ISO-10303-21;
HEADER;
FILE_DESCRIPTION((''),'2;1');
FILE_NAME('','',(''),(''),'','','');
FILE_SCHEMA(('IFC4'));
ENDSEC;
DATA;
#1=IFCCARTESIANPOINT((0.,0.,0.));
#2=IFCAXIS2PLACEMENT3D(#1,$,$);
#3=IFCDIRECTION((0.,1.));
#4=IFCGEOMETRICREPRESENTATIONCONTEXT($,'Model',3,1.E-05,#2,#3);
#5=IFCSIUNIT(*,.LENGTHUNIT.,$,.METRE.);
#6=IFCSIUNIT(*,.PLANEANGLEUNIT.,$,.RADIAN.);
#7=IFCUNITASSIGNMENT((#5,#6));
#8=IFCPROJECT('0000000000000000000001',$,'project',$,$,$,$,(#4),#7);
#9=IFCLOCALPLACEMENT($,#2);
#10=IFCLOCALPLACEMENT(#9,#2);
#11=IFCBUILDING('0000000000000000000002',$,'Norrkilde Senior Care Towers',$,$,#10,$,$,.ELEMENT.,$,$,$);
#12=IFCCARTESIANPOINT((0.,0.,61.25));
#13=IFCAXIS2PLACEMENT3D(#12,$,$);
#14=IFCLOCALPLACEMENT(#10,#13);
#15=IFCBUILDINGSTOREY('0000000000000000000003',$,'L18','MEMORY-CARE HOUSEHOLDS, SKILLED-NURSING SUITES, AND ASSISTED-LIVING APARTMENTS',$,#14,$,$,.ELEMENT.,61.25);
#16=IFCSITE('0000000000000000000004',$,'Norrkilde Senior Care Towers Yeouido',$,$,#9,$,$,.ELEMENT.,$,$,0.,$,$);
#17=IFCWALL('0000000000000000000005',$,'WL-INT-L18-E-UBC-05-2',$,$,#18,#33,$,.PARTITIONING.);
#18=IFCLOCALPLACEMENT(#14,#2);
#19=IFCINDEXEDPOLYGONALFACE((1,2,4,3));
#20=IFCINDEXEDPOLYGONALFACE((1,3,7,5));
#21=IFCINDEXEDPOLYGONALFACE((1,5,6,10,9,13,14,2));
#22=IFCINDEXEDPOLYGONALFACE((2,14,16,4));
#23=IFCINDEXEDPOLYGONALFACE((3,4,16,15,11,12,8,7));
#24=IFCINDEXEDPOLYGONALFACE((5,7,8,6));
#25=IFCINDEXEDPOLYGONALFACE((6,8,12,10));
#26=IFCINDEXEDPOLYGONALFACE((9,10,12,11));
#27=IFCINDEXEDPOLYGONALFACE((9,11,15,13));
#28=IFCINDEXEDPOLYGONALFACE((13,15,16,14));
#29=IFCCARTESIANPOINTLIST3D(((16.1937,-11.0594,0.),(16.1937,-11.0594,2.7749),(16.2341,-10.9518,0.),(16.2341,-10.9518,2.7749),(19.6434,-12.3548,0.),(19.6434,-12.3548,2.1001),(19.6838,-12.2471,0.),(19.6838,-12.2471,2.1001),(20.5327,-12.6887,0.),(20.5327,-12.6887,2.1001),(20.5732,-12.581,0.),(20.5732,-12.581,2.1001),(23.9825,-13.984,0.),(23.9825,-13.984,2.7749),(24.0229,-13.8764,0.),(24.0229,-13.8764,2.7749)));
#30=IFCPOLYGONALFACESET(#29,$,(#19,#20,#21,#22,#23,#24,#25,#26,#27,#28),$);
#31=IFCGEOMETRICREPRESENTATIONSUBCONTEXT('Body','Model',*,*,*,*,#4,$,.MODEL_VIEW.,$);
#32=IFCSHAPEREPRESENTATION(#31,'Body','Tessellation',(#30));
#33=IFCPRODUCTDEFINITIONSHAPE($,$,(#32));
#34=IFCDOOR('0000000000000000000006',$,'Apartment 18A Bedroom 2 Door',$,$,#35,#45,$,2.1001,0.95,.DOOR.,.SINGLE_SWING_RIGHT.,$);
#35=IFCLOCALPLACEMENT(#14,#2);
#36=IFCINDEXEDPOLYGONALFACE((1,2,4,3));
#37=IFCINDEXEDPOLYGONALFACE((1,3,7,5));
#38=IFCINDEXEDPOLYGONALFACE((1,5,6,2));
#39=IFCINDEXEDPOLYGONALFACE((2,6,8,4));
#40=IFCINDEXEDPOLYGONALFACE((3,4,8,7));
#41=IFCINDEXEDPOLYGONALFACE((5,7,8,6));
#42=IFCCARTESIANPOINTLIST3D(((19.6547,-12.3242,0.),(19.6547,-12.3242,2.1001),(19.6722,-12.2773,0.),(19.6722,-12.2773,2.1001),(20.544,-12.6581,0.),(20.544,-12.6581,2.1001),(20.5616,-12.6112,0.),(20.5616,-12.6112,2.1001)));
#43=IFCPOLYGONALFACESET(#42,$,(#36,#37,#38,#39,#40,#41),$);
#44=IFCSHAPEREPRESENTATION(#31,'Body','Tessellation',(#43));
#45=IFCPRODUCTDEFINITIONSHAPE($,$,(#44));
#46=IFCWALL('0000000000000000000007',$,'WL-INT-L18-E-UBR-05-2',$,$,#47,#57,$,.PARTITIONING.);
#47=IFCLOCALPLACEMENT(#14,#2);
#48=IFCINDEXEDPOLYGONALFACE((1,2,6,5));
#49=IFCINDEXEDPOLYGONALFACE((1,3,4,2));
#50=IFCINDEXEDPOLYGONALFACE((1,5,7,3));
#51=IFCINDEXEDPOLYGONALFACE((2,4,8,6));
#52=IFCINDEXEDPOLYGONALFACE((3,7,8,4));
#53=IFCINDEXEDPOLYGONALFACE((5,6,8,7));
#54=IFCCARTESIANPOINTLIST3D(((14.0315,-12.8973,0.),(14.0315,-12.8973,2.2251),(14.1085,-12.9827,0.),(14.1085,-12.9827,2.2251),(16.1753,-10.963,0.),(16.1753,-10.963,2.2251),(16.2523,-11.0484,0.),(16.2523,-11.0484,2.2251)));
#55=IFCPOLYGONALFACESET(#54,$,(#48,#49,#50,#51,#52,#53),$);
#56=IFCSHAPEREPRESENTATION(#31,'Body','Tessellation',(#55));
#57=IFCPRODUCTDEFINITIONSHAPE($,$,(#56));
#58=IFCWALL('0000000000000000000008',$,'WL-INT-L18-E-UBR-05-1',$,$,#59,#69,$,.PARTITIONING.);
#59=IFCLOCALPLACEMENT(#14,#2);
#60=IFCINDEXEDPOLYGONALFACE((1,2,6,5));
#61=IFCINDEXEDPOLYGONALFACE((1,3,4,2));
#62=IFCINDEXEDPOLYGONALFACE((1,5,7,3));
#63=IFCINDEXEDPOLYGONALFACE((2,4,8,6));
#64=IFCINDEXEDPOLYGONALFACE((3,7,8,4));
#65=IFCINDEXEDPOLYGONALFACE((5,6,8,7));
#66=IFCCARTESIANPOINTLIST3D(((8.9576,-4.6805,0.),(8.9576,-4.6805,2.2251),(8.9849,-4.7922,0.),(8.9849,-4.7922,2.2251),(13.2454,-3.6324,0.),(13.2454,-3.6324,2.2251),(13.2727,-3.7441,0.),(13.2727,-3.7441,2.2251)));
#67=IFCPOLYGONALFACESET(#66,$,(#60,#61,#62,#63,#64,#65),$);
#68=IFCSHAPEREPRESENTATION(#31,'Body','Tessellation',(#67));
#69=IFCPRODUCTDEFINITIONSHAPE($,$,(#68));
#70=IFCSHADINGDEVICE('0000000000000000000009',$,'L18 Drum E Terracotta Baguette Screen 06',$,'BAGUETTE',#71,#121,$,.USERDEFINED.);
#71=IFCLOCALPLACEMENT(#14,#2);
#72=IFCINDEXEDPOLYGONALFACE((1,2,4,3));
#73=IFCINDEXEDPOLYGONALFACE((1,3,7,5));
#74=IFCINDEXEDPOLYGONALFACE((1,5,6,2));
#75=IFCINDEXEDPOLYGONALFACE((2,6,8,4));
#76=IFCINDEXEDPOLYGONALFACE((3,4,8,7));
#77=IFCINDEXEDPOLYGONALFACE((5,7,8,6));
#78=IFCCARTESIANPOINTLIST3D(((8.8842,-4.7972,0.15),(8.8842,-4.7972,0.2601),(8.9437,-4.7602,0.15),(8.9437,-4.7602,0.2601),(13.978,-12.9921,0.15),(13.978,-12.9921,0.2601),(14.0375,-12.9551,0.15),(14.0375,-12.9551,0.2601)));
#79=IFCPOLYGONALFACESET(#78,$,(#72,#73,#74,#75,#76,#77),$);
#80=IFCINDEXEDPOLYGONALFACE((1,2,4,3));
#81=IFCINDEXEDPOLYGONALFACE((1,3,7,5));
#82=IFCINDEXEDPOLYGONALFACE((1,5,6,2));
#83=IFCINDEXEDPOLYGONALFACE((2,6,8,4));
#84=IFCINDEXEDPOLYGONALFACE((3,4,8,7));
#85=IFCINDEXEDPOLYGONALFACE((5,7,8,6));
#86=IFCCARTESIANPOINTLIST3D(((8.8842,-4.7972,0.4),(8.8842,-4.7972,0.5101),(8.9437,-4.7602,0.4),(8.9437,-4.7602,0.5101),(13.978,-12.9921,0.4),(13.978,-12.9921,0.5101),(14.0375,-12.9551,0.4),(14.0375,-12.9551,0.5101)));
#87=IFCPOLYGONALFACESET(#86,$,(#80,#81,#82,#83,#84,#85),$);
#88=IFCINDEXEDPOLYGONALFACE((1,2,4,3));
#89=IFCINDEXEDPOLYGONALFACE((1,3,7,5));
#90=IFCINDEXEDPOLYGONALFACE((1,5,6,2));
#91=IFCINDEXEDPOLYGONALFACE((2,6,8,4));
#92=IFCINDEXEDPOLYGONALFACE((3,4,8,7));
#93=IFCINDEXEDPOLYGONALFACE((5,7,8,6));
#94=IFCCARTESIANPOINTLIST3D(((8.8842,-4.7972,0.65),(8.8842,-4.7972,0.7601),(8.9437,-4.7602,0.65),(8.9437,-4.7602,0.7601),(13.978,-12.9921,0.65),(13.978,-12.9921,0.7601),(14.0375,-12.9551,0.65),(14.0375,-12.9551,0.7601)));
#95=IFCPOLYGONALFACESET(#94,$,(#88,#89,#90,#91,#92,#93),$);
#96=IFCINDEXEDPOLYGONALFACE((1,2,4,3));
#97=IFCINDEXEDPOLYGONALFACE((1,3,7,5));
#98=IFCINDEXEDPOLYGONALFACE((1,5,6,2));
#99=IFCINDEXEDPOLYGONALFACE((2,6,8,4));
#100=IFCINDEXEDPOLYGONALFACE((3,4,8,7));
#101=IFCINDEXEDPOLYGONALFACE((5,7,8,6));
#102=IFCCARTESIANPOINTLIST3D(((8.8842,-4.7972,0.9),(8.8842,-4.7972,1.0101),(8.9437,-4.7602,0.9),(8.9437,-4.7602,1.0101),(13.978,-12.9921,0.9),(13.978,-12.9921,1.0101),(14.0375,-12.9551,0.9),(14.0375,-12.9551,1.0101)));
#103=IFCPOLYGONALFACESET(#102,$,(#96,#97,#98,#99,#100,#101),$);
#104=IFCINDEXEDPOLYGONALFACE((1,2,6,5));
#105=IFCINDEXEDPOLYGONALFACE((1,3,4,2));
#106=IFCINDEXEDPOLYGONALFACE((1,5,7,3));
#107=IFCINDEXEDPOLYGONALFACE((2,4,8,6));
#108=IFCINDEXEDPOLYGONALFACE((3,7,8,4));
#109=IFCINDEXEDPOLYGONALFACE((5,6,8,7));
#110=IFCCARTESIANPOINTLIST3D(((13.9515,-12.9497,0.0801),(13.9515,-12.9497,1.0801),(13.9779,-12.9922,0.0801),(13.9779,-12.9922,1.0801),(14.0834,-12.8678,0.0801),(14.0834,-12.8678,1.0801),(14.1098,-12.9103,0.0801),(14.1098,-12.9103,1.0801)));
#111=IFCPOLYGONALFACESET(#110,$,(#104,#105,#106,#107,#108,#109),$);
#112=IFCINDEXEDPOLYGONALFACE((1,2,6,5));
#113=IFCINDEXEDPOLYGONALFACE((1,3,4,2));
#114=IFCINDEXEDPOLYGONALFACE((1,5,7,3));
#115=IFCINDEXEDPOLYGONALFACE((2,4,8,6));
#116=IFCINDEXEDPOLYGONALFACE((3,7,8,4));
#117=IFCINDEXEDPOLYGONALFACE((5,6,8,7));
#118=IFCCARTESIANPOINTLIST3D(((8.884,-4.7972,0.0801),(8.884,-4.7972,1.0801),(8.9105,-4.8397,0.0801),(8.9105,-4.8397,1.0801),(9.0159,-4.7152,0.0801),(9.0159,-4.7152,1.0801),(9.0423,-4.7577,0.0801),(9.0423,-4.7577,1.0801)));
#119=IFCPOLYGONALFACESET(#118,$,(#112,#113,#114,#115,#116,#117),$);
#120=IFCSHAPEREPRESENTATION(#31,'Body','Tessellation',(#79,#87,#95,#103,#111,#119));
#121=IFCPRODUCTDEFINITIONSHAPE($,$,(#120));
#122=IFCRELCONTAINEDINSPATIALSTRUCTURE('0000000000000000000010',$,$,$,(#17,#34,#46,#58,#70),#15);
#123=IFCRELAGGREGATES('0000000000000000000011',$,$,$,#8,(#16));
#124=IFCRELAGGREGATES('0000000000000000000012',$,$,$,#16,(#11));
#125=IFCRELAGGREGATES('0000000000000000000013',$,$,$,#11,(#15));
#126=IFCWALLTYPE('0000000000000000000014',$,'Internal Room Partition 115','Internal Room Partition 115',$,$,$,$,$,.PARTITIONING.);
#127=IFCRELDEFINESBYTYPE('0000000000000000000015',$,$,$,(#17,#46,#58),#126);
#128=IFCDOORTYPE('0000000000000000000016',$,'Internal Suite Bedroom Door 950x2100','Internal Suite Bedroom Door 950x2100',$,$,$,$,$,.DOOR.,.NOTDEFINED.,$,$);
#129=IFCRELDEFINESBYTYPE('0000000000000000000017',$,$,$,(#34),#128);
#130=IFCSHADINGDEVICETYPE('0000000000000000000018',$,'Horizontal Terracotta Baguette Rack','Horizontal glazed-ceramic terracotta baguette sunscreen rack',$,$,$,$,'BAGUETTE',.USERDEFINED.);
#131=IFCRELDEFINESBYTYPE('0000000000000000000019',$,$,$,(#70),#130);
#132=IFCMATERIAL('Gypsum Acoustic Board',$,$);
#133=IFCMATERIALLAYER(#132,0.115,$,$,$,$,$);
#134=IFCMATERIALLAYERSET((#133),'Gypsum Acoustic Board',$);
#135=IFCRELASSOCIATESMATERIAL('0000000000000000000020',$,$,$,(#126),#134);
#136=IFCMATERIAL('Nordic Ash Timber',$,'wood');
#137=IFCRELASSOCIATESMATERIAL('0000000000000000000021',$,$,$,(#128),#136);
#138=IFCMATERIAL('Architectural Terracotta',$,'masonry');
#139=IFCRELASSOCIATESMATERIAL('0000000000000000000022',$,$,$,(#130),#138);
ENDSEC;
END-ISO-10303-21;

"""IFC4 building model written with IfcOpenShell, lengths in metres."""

from ifc_helpers import new_model, si_unit, direction, frame, frame_2d, origin, origin_2d, place, context, subcontext, project, spatial, rectangle, extrude, source, transform, mapped, material, layer, layer_set, type_object, type_shapes, element, fill, save


model = new_model("IFC4")

# Units and contexts
model_context = context("Model", 3, precision=1e-05, world=origin(), true_north=direction((0.0, 1.0)))
body_context = subcontext(model_context, "Body", "Model", "MODEL_VIEW")
ifc_project = project(units=[si_unit("LENGTHUNIT", "METRE"), si_unit("PLANEANGLEUNIT", "RADIAN")], contexts=[model_context])

# Site, building, storey
site_placement = place(None, origin())
site = spatial("IfcSite", under=ifc_project, at=site_placement, Name="Norrkilde Senior Care Towers Yeouido", CompositionType="ELEMENT", RefElevation=0.0)
building_placement = place(site_placement, origin())
building = spatial("IfcBuilding", under=site, at=building_placement, Name="Norrkilde Senior Care Towers", CompositionType="ELEMENT")
storey_placement = place(building_placement, frame((0.0, 0.0, 61.25)))
storey = spatial("IfcBuildingStorey", under=building, at=storey_placement, Name="L18", Description="MEMORY-CARE HOUSEHOLDS, SKILLED-NURSING SUITES, AND ASSISTED-LIVING APARTMENTS", CompositionType="ELEMENT", Elevation=61.25)

# Wall, opening, door
ifc_material_1 = material(Name="Gypsum Acoustic Board")
ifc_material_2 = material(Name="Nordic Ash Timber", Category="wood")
ifc_layer_1 = layer(ifc_material_1, 0.115)
ifc_layer_set_1 = layer_set([ifc_layer_1], Name="Gypsum Acoustic Board")
wall_type_1 = type_object("IfcWallType", Name="Internal Room Partition 115", Description="Internal Room Partition 115", PredefinedType="PARTITIONING", material=ifc_layer_set_1)
door_type_1 = type_object("IfcDoorType", Name="Internal Suite Bedroom Door 950x2100", Description="Internal Suite Bedroom Door 950x2100", OperationType="NOTDEFINED", PredefinedType="DOOR", material=ifc_material_2)
shared_shape_1 = source(origin(), body_context, "Body", "SweptSolid", [
    extrude(rectangle(XDim=0.95, YDim=2.1001, at=frame_2d((0.4751, 1.05))), frame((0.0, 0.0249, 0.0), z_axis=(0.0, -1.0, 0.0), x_axis=(1.0, 0.0, 0.0)), (0.0, 0.0, 1.0), 0.05),
])
type_shapes(door_type_1, [shared_shape_1])
shared_shape_2 = source(origin(), body_context, "Body", "SweptSolid", [
    extrude(rectangle(XDim=8.3198, YDim=0.115, at=frame_2d((4.1599, 0.0))), origin(), (0.0, 0.0, 1.0), 2.7749),
])
wall_1_placement = place(storey_placement, frame((16.2139, -11.0056, 0.0), z_axis=(0.0, 0.0, 1.0), x_axis=(0.936181, -0.351519, 0.0)))
wall_1 = element("IfcWall", 1, at=wall_1_placement, inside=storey, type_object=wall_type_1, Name="WL-INT-L18-E-UBC-05-2", PredefinedType="PARTITIONING", context=body_context, shape_type="MappedRepresentation", body=[
    mapped(shared_shape_2, transform((0.0, 0.0, 0.0), x_axis=(1.0, 0.0, 0.0), y_axis=(0.0, 1.0, 0.0), z_axis=(0.0, 0.0, 1.0), scale=1.0)),
])
opening_1_placement = place(wall_1_placement, frame((3.6848, 0.0, 0.0)))
opening_1 = element("IfcOpeningElement", 2, at=opening_1_placement, cuts=wall_1, PredefinedType="OPENING", context=body_context, shape_type="SweptSolid", body=[
    extrude(rectangle(XDim=0.95, YDim=2.1001, at=frame_2d((0.4751, 1.05))), frame((0.0, 0.0674, 0.0), z_axis=(0.0, -1.0, 0.0), x_axis=(1.0, 0.0, 0.0)), (0.0, 0.0, 1.0), 0.135),
])
door_1_placement = place(opening_1_placement, frame((0.95, 0.0, 0.0), z_axis=(0.0, 0.0, 1.0), x_axis=(-1.0, 0.0, 0.0)))
door_1 = element("IfcDoor", 3, at=door_1_placement, inside=storey, type_object=door_type_1, Name="Apartment 18A Bedroom 2 Door", OperationType="SINGLE_SWING_RIGHT", OverallHeight=2.1001, OverallWidth=0.95, PredefinedType="DOOR", context=body_context, shape_type="MappedRepresentation", body=[
    mapped(shared_shape_1, transform((0.0, 0.0, 0.0), x_axis=(1.0, 0.0, 0.0), y_axis=(0.0, 1.0, 0.0), z_axis=(0.0, 0.0, 1.0), scale=1.0)),
])
fill(opening_1, door_1)

# Walls
shared_shape_3 = source(origin(), body_context, "Body", "SweptSolid", [
    extrude(rectangle(XDim=2.8875, YDim=0.115, at=frame_2d((1.4438, 0.0))), origin(), (0.0, 0.0, 1.0), 2.2251),
])
wall_2_placement = place(storey_placement, frame((16.2139, -11.0056, 0.0), z_axis=(0.0, 0.0, 1.0), x_axis=(-0.742449, -0.669903, 0.0)))
element("IfcWall", 4, at=wall_2_placement, inside=storey, type_object=wall_type_1, Name="WL-INT-L18-E-UBR-05-2", PredefinedType="PARTITIONING", context=body_context, shape_type="MappedRepresentation", body=[
    mapped(shared_shape_3, transform((0.0, 0.0, 0.0), x_axis=(1.0, 0.0, 0.0), y_axis=(0.0, 1.0, 0.0), z_axis=(0.0, 0.0, 1.0), scale=1.0)),
])
shared_shape_4 = source(origin(), body_context, "Body", "SweptSolid", [
    extrude(rectangle(XDim=4.4141, YDim=0.115, at=frame_2d((2.207, 0.0))), origin(), (0.0, 0.0, 1.0), 2.2251),
])
wall_3_placement = place(storey_placement, frame((13.259, -3.6882, 0.0), z_axis=(0.0, 0.0, 1.0), x_axis=(-0.971401, -0.237444, 0.0)))
element("IfcWall", 5, at=wall_3_placement, inside=storey, type_object=wall_type_1, Name="WL-INT-L18-E-UBR-05-1", PredefinedType="PARTITIONING", context=body_context, shape_type="MappedRepresentation", body=[
    mapped(shared_shape_4, transform((0.0, 0.0, 0.0), x_axis=(1.0, 0.0, 0.0), y_axis=(0.0, 1.0, 0.0), z_axis=(0.0, 0.0, 1.0), scale=1.0)),
])

# Shading device
ifc_material_3 = material(Name="Architectural Terracotta", Category="masonry")
shading_device_type = type_object("IfcShadingDeviceType", Name="Horizontal Terracotta Baguette Rack", Description="Horizontal glazed-ceramic terracotta baguette sunscreen rack", ElementType="BAGUETTE", PredefinedType="USERDEFINED", material=ifc_material_3)
shared_shape_5 = source(origin(), body_context, "Body", "SweptSolid", [
    extrude(rectangle(XDim=0.0701, YDim=0.1101, at=origin_2d()), frame((0.0, 0.0901, 0.125), z_axis=(1.0, 0.0, 0.0), x_axis=(0.0, 1.0, 0.0)), (0.0, 0.0, 1.0), 9.6489),
    extrude(rectangle(XDim=0.0701, YDim=0.1101, at=origin_2d()), frame((0.0, 0.0901, 0.375), z_axis=(1.0, 0.0, 0.0), x_axis=(0.0, 1.0, 0.0)), (0.0, 0.0, 1.0), 9.6489),
    extrude(rectangle(XDim=0.0701, YDim=0.1101, at=origin_2d()), frame((0.0, 0.0901, 0.625), z_axis=(1.0, 0.0, 0.0), x_axis=(0.0, 1.0, 0.0)), (0.0, 0.0, 1.0), 9.6489),
    extrude(rectangle(XDim=0.0701, YDim=0.1101, at=origin_2d()), frame((0.0, 0.0901, 0.875), z_axis=(1.0, 0.0, 0.0), x_axis=(0.0, 1.0, 0.0)), (0.0, 0.0, 1.0), 9.6489),
    extrude(rectangle(XDim=0.05, YDim=0.1553, at=origin_2d()), frame((0.0249, 0.0476, 0.0)), (0.0, 0.0, 1.0), 1.0),
    extrude(rectangle(XDim=0.05, YDim=0.1553, at=origin_2d()), frame((9.624, 0.0476, 0.0)), (0.0, 0.0, 1.0), 1.0),
])
type_shapes(shading_device_type, [shared_shape_5])
shading_device_placement = place(storey_placement, frame((14.0842, -12.926, 0.0801), z_axis=(0.0, 0.0, 1.0), x_axis=(-0.527909, 0.849299, 0.0)))
element("IfcShadingDevice", 6, at=shading_device_placement, inside=storey, type_object=shading_device_type, Name="L18 Drum E Terracotta Baguette Screen 06", ObjectType="BAGUETTE", PredefinedType="USERDEFINED", context=body_context, shape_type="MappedRepresentation", body=[
    mapped(shared_shape_5, transform((0.0, 0.0, 0.0), x_axis=(1.0, 0.0, 0.0), y_axis=(0.0, 1.0, 0.0), z_axis=(0.0, 0.0, 1.0), scale=1.0)),
])

save(model, "model.ifc")
